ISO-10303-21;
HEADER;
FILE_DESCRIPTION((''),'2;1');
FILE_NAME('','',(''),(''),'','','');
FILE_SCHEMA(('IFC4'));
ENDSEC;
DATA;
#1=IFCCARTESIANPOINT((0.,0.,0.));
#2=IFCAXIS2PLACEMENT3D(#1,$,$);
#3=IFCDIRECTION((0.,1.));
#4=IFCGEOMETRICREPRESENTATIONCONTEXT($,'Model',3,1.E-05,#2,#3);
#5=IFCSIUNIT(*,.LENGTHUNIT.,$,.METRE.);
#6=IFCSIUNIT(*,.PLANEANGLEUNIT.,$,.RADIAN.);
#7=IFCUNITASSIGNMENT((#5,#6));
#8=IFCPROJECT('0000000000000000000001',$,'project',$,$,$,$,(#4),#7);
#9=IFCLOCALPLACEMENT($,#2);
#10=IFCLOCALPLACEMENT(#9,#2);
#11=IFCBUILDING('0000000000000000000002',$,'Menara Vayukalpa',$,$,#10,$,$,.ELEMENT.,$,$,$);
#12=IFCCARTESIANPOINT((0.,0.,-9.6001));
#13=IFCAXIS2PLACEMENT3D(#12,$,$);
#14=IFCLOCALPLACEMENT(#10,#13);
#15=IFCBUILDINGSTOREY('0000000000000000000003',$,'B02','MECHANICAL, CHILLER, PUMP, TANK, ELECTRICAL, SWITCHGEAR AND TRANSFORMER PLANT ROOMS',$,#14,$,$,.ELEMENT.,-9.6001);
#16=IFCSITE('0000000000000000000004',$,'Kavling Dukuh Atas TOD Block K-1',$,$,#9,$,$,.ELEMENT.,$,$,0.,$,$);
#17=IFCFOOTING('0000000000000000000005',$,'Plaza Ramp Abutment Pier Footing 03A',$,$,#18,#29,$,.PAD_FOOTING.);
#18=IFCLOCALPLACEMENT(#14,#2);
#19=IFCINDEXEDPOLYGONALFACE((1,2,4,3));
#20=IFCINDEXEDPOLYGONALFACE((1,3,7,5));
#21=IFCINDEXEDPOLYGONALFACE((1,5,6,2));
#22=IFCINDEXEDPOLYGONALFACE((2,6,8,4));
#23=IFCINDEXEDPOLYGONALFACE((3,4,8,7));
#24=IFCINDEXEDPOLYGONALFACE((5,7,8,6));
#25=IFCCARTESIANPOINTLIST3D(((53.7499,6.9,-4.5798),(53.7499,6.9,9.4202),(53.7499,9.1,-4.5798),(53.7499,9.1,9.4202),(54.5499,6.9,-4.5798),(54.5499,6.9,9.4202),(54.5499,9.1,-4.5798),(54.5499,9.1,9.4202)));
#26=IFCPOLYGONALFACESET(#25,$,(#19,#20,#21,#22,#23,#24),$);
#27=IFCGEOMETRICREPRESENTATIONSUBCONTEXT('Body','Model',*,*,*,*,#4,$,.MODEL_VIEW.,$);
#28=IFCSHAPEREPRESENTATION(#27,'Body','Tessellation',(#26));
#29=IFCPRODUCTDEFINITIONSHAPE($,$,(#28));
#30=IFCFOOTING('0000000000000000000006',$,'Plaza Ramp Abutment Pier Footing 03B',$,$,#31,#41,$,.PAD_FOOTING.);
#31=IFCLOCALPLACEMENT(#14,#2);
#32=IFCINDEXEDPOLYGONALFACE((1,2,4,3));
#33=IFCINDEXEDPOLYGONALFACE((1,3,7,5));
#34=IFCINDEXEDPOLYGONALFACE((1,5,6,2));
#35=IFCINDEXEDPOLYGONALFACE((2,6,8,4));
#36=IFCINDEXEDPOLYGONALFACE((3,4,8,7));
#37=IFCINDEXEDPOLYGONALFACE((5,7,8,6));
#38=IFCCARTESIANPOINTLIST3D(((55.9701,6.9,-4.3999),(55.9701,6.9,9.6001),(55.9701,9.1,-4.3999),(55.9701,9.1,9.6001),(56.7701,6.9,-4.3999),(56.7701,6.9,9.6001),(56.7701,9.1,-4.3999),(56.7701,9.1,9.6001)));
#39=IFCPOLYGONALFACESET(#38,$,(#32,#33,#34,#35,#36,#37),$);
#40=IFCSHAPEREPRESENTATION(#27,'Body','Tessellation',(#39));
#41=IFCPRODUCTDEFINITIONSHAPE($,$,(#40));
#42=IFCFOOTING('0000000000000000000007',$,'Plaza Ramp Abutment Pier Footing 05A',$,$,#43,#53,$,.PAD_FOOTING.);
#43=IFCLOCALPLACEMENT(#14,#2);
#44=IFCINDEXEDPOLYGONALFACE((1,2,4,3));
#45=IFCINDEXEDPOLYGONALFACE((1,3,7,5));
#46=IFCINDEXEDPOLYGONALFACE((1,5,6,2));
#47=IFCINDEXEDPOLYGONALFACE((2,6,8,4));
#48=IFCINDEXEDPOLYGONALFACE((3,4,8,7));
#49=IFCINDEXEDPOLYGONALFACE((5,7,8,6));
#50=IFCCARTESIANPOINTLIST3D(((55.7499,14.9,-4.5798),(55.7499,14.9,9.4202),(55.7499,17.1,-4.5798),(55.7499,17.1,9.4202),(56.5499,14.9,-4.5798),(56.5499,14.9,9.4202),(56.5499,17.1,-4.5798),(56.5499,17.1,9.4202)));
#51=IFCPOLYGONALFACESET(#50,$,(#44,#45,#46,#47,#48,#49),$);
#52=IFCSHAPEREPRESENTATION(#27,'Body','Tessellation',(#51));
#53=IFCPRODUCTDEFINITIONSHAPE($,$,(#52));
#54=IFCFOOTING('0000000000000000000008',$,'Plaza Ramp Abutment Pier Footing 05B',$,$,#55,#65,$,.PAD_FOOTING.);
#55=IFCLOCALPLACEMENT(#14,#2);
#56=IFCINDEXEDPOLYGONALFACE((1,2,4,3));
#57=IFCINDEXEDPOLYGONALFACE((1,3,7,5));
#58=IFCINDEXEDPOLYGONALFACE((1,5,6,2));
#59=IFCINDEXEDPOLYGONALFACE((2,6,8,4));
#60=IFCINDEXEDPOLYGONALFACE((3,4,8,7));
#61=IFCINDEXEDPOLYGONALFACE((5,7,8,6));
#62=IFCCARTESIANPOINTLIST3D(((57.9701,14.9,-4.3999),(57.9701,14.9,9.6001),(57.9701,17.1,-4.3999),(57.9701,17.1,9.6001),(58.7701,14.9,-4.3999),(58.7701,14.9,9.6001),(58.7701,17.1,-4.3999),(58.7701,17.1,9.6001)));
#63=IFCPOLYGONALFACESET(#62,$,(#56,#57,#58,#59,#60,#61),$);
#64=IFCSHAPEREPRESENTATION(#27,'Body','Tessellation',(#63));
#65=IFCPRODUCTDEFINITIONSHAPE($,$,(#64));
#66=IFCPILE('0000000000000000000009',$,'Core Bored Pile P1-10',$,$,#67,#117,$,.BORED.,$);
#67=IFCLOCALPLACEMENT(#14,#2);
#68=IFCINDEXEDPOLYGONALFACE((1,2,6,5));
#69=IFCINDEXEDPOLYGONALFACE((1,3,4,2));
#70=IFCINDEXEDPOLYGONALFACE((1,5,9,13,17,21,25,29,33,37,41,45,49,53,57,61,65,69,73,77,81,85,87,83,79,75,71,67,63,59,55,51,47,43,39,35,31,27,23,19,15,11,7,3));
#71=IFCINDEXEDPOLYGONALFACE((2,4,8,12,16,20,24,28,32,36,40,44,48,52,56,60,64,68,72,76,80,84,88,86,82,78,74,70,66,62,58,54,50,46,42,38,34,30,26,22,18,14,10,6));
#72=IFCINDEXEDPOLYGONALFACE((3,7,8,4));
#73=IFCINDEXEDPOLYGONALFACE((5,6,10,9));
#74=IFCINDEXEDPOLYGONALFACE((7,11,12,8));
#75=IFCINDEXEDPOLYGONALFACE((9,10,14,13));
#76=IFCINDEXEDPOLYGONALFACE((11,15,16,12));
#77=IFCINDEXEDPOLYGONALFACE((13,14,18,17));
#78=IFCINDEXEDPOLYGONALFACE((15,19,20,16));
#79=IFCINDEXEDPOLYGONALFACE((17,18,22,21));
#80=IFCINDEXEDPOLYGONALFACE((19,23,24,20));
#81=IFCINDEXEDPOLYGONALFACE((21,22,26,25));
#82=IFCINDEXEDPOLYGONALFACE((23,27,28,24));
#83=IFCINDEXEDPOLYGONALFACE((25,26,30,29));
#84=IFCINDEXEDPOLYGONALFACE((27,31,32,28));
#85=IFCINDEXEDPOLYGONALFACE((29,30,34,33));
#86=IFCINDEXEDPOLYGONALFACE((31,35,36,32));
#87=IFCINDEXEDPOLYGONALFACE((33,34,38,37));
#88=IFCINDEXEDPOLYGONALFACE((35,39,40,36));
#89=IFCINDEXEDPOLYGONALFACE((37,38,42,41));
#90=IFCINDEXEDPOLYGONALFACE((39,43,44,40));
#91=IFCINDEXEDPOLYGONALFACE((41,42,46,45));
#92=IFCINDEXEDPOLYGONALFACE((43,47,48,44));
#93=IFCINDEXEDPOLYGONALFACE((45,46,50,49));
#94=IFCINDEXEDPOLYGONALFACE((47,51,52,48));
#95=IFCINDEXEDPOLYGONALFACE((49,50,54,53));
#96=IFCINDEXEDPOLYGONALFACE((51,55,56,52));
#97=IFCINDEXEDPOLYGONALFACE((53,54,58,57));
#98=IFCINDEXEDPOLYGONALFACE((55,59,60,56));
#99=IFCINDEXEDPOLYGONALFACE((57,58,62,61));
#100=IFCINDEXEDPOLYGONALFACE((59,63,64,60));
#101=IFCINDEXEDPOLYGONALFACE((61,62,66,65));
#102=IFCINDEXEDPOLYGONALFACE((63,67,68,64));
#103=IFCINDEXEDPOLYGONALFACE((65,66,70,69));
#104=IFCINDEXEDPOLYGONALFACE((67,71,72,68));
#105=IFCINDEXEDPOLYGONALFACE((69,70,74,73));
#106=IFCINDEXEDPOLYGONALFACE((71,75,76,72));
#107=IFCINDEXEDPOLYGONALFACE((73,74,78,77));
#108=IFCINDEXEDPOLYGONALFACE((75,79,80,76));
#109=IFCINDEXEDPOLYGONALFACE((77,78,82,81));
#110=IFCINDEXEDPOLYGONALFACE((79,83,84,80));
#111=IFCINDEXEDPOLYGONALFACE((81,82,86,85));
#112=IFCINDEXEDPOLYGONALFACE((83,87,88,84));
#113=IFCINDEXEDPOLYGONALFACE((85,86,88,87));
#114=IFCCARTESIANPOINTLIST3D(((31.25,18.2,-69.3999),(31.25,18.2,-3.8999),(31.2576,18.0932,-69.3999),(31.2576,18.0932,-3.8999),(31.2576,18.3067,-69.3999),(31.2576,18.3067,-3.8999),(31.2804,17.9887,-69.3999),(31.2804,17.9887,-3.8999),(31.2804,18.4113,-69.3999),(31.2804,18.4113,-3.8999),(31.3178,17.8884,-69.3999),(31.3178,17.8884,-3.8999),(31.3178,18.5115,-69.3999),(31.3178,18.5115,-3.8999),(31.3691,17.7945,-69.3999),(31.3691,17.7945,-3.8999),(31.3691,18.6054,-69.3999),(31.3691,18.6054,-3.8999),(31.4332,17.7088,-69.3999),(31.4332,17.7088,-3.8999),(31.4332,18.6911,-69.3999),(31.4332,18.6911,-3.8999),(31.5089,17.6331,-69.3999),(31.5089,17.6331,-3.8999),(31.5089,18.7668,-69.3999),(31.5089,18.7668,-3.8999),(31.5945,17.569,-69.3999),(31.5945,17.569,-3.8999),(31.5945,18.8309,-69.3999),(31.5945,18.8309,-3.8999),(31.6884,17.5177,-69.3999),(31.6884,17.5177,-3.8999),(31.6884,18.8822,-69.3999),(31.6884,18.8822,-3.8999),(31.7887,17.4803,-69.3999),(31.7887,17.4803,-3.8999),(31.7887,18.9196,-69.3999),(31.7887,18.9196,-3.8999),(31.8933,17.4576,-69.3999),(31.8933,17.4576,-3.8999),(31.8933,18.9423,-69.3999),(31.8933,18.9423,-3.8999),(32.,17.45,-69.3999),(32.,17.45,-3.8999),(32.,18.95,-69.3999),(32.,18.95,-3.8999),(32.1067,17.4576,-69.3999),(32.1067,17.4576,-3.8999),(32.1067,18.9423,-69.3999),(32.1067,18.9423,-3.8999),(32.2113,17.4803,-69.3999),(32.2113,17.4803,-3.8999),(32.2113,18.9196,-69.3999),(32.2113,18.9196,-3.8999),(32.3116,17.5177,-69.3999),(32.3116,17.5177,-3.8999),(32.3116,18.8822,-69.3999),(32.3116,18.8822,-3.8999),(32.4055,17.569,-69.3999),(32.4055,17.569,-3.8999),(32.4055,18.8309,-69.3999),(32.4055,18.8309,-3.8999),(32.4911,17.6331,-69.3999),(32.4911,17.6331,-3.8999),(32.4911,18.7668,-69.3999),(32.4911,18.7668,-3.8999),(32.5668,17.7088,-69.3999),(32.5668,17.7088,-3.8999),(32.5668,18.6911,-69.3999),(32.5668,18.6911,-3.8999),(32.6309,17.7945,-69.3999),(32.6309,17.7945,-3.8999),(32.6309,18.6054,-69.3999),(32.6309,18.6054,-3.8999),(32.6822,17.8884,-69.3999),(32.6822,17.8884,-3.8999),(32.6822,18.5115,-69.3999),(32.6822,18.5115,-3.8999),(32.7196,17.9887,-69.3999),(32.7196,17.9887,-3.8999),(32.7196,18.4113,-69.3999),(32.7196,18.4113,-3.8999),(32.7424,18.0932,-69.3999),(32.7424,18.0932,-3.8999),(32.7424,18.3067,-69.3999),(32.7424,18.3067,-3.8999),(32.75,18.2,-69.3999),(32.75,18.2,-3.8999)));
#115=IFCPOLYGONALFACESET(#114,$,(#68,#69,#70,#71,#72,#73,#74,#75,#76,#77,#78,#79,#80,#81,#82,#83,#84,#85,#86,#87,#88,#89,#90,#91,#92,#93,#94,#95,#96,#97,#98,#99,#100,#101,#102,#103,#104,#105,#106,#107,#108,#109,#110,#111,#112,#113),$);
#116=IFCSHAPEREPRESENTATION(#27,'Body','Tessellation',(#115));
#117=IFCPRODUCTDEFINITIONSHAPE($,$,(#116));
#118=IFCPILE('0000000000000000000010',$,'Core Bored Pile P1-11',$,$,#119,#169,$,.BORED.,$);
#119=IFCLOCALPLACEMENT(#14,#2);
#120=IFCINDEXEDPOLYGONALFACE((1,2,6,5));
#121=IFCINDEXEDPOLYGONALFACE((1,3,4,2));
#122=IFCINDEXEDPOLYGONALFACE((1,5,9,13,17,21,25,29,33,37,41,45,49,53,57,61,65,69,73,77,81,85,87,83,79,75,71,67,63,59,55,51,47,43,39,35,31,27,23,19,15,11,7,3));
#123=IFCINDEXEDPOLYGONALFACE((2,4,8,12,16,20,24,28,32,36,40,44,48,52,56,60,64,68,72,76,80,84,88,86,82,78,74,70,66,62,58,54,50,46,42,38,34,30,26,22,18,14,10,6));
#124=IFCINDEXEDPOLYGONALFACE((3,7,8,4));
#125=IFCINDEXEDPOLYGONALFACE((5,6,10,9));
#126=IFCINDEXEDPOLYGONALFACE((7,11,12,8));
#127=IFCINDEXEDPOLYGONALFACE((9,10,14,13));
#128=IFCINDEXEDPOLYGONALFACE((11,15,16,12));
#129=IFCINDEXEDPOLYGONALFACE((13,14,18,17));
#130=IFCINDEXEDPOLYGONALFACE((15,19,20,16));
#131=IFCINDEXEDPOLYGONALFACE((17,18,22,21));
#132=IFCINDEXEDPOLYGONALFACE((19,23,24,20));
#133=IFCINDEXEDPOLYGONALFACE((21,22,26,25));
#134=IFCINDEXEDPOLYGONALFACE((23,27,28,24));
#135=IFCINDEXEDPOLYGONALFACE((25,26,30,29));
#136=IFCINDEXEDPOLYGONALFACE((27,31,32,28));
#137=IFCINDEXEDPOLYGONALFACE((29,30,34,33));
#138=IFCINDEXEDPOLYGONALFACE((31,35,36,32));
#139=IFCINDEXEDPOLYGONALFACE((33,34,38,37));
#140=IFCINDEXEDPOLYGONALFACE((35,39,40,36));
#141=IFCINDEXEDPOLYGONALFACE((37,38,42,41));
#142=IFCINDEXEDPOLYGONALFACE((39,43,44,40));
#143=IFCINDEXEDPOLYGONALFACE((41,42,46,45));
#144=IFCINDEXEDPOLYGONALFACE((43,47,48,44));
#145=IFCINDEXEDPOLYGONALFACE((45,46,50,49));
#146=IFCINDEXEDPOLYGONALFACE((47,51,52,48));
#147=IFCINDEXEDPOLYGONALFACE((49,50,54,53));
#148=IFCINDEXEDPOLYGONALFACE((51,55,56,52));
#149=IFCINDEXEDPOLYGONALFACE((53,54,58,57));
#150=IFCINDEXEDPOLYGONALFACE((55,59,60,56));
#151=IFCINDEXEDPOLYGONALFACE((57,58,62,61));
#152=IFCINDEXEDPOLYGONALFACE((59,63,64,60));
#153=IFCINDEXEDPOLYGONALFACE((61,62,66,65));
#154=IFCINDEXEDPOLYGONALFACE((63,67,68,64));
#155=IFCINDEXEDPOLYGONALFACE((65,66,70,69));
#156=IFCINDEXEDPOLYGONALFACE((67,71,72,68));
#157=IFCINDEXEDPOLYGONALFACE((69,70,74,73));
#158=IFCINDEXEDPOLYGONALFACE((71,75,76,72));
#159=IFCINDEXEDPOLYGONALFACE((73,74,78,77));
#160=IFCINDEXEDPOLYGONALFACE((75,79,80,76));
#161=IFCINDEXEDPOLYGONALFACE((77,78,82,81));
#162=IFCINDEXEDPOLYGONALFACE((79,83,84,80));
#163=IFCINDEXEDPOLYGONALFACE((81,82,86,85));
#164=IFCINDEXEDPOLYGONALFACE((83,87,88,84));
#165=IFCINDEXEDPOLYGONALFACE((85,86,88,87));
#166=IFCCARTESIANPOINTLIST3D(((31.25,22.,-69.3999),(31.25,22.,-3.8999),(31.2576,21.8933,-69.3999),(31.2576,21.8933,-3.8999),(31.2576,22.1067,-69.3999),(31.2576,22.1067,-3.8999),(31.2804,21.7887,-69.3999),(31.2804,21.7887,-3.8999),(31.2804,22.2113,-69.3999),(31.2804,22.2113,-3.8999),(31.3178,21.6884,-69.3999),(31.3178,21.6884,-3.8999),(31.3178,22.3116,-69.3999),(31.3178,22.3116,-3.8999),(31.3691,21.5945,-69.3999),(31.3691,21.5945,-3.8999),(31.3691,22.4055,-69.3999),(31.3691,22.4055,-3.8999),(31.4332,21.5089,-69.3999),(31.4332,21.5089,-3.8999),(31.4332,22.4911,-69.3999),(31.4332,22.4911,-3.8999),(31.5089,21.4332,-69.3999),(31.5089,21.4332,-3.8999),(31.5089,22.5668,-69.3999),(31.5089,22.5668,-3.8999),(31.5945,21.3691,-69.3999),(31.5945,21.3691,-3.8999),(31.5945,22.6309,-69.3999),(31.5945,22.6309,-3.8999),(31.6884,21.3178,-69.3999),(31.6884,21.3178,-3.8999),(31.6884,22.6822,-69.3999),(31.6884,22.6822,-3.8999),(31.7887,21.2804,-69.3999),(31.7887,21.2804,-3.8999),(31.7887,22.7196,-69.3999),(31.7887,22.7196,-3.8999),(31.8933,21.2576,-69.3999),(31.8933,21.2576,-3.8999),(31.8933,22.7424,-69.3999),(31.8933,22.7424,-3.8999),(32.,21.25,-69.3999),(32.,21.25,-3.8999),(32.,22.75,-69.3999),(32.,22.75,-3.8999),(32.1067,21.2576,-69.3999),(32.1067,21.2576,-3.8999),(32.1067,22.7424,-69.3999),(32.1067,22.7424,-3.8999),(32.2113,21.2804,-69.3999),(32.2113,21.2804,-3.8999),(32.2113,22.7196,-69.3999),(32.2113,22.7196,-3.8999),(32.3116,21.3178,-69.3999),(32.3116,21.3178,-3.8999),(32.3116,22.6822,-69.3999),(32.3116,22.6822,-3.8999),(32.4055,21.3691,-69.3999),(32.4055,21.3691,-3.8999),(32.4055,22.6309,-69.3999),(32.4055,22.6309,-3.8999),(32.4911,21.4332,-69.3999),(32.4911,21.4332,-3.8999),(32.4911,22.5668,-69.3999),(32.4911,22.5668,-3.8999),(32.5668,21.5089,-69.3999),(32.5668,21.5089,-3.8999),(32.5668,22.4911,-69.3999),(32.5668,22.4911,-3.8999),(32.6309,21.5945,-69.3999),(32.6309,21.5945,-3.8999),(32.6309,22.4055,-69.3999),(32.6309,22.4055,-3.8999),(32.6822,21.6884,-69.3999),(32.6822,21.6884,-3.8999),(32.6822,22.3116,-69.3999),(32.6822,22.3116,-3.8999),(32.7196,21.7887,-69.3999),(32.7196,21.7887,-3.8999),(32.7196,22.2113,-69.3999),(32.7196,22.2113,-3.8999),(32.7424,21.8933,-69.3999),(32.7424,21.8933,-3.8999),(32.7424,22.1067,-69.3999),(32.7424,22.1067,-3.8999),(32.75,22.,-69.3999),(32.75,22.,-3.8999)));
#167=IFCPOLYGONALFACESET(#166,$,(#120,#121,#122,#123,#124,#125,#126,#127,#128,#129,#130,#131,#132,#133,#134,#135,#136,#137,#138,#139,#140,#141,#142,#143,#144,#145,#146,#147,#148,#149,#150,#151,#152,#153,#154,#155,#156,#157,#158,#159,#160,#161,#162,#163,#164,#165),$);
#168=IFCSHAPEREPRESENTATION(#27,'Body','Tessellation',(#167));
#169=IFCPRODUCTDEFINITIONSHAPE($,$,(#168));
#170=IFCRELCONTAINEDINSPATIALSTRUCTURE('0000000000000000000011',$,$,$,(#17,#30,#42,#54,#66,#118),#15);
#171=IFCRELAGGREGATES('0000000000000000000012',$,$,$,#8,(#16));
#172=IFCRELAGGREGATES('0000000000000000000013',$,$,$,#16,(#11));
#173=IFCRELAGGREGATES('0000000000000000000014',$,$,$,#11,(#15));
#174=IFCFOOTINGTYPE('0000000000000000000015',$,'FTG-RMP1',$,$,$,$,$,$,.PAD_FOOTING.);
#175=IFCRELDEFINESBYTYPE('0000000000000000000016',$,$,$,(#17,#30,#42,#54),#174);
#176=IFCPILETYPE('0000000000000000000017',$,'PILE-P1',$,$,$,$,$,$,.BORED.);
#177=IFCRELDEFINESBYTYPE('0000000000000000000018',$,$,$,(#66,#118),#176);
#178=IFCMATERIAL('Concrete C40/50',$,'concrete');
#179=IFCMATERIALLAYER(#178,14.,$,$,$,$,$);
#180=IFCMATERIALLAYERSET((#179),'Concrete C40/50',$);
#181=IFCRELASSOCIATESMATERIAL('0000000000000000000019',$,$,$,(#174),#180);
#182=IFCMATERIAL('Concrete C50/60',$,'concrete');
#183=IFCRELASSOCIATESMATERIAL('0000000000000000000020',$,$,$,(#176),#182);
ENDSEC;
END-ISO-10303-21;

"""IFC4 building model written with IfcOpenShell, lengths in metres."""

from ifc_helpers import new_model, si_unit, direction, frame, origin, origin_2d, place, context, subcontext, project, spatial, rectangle, circle, extrude, material, layer, layer_set, material_profile, profile_set, type_object, element, save


model = new_model("IFC4")

# Units and contexts
model_context = context("Model", 3, precision=1e-05, world=origin(), true_north=direction((0.0, 1.0)))
body_context = subcontext(model_context, "Body", "Model", "MODEL_VIEW")
ifc_project = project(units=[si_unit("LENGTHUNIT", "METRE"), si_unit("PLANEANGLEUNIT", "RADIAN")], contexts=[model_context])

# Site, building, storey
site_placement = place(None, origin())
site = spatial("IfcSite", under=ifc_project, at=site_placement, Name="Kavling Dukuh Atas TOD Block K-1", CompositionType="ELEMENT", RefElevation=0.0)
building_placement = place(site_placement, origin())
building = spatial("IfcBuilding", under=site, at=building_placement, Name="Menara Vayukalpa", CompositionType="ELEMENT")
storey_placement = place(building_placement, frame((0.0, 0.0, -9.6001)))
storey = spatial("IfcBuildingStorey", under=building, at=storey_placement, Name="B02", Description="MECHANICAL, CHILLER, PUMP, TANK, ELECTRICAL, SWITCHGEAR AND TRANSFORMER PLANT ROOMS", CompositionType="ELEMENT", Elevation=-9.6001)

# Footings
ifc_material_1 = material(Name="Concrete C40/50", Category="concrete")
ifc_layer_1 = layer(ifc_material_1, 14.0)
ifc_layer_set_1 = layer_set([ifc_layer_1], Name="Concrete C40/50")
footing_type = type_object("IfcFootingType", Name="FTG-RMP1", PredefinedType="PAD_FOOTING", material=ifc_layer_set_1)
for number, where, z_axis, x_axis, name in (
    (1, (54.1499, 8.0, -4.5798), (0.0, 0.0, 1.0), (1.0, 0.0, 0.0), "Plaza Ramp Abutment Pier Footing 03A"),
    (2, (56.3701, 8.0, -4.3999), (0.0, 0.0, 1.0), (1.0, 0.0, 0.0), "Plaza Ramp Abutment Pier Footing 03B"),
    (3, (56.1499, 16.0, -4.5798), (0.0, 0.0, 1.0), (1.0, 0.0, 0.0), "Plaza Ramp Abutment Pier Footing 05A"),
    (4, (58.3701, 16.0, -4.3999), (0.0, 0.0, 1.0), (1.0, 0.0, 0.0), "Plaza Ramp Abutment Pier Footing 05B"),
):
    element("IfcFooting", number, at=place(storey_placement, frame(where, z_axis=z_axis, x_axis=x_axis)), inside=storey, type_object=footing_type, Name=name, PredefinedType="PAD_FOOTING", context=body_context, shape_type="SweptSolid", body=[
        extrude(rectangle(XDim=0.8, YDim=2.2, at=origin_2d()), origin(), (0.0, 0.0, 1.0), 14.0),
    ])

# Piles
ifc_material_2 = material(Name="Concrete C50/60", Category="concrete")
ifc_material_profile_1 = material_profile(ifc_material_2, circle(Radius=0.75, at=origin_2d()), Name="PILE D1500")
ifc_profile_set_1 = profile_set([ifc_material_profile_1], Name="Concrete C50/60")
pile_type_1 = type_object("IfcPileType", Name="PILE-P1", PredefinedType="BORED", material=ifc_profile_set_1)
for number, where, z_axis, x_axis, name in (
    (5, (32.0, 18.2, -3.8999), (0.0, 0.0, -1.0), (1.0, 0.0, 0.0), "Core Bored Pile P1-10"),
    (6, (32.0, 22.0, -3.8999), (0.0, 0.0, -1.0), (1.0, 0.0, 0.0), "Core Bored Pile P1-11"),
):
    element("IfcPile", number, at=place(storey_placement, frame(where, z_axis=z_axis, x_axis=x_axis)), inside=storey, type_object=pile_type_1, Name=name, PredefinedType="BORED", context=body_context, shape_type="SweptSolid", body=[
        extrude(circle(Radius=0.75, at=origin_2d()), origin(), (0.0, 0.0, 1.0), 65.5),
    ])

save(model, "model.ifc")
